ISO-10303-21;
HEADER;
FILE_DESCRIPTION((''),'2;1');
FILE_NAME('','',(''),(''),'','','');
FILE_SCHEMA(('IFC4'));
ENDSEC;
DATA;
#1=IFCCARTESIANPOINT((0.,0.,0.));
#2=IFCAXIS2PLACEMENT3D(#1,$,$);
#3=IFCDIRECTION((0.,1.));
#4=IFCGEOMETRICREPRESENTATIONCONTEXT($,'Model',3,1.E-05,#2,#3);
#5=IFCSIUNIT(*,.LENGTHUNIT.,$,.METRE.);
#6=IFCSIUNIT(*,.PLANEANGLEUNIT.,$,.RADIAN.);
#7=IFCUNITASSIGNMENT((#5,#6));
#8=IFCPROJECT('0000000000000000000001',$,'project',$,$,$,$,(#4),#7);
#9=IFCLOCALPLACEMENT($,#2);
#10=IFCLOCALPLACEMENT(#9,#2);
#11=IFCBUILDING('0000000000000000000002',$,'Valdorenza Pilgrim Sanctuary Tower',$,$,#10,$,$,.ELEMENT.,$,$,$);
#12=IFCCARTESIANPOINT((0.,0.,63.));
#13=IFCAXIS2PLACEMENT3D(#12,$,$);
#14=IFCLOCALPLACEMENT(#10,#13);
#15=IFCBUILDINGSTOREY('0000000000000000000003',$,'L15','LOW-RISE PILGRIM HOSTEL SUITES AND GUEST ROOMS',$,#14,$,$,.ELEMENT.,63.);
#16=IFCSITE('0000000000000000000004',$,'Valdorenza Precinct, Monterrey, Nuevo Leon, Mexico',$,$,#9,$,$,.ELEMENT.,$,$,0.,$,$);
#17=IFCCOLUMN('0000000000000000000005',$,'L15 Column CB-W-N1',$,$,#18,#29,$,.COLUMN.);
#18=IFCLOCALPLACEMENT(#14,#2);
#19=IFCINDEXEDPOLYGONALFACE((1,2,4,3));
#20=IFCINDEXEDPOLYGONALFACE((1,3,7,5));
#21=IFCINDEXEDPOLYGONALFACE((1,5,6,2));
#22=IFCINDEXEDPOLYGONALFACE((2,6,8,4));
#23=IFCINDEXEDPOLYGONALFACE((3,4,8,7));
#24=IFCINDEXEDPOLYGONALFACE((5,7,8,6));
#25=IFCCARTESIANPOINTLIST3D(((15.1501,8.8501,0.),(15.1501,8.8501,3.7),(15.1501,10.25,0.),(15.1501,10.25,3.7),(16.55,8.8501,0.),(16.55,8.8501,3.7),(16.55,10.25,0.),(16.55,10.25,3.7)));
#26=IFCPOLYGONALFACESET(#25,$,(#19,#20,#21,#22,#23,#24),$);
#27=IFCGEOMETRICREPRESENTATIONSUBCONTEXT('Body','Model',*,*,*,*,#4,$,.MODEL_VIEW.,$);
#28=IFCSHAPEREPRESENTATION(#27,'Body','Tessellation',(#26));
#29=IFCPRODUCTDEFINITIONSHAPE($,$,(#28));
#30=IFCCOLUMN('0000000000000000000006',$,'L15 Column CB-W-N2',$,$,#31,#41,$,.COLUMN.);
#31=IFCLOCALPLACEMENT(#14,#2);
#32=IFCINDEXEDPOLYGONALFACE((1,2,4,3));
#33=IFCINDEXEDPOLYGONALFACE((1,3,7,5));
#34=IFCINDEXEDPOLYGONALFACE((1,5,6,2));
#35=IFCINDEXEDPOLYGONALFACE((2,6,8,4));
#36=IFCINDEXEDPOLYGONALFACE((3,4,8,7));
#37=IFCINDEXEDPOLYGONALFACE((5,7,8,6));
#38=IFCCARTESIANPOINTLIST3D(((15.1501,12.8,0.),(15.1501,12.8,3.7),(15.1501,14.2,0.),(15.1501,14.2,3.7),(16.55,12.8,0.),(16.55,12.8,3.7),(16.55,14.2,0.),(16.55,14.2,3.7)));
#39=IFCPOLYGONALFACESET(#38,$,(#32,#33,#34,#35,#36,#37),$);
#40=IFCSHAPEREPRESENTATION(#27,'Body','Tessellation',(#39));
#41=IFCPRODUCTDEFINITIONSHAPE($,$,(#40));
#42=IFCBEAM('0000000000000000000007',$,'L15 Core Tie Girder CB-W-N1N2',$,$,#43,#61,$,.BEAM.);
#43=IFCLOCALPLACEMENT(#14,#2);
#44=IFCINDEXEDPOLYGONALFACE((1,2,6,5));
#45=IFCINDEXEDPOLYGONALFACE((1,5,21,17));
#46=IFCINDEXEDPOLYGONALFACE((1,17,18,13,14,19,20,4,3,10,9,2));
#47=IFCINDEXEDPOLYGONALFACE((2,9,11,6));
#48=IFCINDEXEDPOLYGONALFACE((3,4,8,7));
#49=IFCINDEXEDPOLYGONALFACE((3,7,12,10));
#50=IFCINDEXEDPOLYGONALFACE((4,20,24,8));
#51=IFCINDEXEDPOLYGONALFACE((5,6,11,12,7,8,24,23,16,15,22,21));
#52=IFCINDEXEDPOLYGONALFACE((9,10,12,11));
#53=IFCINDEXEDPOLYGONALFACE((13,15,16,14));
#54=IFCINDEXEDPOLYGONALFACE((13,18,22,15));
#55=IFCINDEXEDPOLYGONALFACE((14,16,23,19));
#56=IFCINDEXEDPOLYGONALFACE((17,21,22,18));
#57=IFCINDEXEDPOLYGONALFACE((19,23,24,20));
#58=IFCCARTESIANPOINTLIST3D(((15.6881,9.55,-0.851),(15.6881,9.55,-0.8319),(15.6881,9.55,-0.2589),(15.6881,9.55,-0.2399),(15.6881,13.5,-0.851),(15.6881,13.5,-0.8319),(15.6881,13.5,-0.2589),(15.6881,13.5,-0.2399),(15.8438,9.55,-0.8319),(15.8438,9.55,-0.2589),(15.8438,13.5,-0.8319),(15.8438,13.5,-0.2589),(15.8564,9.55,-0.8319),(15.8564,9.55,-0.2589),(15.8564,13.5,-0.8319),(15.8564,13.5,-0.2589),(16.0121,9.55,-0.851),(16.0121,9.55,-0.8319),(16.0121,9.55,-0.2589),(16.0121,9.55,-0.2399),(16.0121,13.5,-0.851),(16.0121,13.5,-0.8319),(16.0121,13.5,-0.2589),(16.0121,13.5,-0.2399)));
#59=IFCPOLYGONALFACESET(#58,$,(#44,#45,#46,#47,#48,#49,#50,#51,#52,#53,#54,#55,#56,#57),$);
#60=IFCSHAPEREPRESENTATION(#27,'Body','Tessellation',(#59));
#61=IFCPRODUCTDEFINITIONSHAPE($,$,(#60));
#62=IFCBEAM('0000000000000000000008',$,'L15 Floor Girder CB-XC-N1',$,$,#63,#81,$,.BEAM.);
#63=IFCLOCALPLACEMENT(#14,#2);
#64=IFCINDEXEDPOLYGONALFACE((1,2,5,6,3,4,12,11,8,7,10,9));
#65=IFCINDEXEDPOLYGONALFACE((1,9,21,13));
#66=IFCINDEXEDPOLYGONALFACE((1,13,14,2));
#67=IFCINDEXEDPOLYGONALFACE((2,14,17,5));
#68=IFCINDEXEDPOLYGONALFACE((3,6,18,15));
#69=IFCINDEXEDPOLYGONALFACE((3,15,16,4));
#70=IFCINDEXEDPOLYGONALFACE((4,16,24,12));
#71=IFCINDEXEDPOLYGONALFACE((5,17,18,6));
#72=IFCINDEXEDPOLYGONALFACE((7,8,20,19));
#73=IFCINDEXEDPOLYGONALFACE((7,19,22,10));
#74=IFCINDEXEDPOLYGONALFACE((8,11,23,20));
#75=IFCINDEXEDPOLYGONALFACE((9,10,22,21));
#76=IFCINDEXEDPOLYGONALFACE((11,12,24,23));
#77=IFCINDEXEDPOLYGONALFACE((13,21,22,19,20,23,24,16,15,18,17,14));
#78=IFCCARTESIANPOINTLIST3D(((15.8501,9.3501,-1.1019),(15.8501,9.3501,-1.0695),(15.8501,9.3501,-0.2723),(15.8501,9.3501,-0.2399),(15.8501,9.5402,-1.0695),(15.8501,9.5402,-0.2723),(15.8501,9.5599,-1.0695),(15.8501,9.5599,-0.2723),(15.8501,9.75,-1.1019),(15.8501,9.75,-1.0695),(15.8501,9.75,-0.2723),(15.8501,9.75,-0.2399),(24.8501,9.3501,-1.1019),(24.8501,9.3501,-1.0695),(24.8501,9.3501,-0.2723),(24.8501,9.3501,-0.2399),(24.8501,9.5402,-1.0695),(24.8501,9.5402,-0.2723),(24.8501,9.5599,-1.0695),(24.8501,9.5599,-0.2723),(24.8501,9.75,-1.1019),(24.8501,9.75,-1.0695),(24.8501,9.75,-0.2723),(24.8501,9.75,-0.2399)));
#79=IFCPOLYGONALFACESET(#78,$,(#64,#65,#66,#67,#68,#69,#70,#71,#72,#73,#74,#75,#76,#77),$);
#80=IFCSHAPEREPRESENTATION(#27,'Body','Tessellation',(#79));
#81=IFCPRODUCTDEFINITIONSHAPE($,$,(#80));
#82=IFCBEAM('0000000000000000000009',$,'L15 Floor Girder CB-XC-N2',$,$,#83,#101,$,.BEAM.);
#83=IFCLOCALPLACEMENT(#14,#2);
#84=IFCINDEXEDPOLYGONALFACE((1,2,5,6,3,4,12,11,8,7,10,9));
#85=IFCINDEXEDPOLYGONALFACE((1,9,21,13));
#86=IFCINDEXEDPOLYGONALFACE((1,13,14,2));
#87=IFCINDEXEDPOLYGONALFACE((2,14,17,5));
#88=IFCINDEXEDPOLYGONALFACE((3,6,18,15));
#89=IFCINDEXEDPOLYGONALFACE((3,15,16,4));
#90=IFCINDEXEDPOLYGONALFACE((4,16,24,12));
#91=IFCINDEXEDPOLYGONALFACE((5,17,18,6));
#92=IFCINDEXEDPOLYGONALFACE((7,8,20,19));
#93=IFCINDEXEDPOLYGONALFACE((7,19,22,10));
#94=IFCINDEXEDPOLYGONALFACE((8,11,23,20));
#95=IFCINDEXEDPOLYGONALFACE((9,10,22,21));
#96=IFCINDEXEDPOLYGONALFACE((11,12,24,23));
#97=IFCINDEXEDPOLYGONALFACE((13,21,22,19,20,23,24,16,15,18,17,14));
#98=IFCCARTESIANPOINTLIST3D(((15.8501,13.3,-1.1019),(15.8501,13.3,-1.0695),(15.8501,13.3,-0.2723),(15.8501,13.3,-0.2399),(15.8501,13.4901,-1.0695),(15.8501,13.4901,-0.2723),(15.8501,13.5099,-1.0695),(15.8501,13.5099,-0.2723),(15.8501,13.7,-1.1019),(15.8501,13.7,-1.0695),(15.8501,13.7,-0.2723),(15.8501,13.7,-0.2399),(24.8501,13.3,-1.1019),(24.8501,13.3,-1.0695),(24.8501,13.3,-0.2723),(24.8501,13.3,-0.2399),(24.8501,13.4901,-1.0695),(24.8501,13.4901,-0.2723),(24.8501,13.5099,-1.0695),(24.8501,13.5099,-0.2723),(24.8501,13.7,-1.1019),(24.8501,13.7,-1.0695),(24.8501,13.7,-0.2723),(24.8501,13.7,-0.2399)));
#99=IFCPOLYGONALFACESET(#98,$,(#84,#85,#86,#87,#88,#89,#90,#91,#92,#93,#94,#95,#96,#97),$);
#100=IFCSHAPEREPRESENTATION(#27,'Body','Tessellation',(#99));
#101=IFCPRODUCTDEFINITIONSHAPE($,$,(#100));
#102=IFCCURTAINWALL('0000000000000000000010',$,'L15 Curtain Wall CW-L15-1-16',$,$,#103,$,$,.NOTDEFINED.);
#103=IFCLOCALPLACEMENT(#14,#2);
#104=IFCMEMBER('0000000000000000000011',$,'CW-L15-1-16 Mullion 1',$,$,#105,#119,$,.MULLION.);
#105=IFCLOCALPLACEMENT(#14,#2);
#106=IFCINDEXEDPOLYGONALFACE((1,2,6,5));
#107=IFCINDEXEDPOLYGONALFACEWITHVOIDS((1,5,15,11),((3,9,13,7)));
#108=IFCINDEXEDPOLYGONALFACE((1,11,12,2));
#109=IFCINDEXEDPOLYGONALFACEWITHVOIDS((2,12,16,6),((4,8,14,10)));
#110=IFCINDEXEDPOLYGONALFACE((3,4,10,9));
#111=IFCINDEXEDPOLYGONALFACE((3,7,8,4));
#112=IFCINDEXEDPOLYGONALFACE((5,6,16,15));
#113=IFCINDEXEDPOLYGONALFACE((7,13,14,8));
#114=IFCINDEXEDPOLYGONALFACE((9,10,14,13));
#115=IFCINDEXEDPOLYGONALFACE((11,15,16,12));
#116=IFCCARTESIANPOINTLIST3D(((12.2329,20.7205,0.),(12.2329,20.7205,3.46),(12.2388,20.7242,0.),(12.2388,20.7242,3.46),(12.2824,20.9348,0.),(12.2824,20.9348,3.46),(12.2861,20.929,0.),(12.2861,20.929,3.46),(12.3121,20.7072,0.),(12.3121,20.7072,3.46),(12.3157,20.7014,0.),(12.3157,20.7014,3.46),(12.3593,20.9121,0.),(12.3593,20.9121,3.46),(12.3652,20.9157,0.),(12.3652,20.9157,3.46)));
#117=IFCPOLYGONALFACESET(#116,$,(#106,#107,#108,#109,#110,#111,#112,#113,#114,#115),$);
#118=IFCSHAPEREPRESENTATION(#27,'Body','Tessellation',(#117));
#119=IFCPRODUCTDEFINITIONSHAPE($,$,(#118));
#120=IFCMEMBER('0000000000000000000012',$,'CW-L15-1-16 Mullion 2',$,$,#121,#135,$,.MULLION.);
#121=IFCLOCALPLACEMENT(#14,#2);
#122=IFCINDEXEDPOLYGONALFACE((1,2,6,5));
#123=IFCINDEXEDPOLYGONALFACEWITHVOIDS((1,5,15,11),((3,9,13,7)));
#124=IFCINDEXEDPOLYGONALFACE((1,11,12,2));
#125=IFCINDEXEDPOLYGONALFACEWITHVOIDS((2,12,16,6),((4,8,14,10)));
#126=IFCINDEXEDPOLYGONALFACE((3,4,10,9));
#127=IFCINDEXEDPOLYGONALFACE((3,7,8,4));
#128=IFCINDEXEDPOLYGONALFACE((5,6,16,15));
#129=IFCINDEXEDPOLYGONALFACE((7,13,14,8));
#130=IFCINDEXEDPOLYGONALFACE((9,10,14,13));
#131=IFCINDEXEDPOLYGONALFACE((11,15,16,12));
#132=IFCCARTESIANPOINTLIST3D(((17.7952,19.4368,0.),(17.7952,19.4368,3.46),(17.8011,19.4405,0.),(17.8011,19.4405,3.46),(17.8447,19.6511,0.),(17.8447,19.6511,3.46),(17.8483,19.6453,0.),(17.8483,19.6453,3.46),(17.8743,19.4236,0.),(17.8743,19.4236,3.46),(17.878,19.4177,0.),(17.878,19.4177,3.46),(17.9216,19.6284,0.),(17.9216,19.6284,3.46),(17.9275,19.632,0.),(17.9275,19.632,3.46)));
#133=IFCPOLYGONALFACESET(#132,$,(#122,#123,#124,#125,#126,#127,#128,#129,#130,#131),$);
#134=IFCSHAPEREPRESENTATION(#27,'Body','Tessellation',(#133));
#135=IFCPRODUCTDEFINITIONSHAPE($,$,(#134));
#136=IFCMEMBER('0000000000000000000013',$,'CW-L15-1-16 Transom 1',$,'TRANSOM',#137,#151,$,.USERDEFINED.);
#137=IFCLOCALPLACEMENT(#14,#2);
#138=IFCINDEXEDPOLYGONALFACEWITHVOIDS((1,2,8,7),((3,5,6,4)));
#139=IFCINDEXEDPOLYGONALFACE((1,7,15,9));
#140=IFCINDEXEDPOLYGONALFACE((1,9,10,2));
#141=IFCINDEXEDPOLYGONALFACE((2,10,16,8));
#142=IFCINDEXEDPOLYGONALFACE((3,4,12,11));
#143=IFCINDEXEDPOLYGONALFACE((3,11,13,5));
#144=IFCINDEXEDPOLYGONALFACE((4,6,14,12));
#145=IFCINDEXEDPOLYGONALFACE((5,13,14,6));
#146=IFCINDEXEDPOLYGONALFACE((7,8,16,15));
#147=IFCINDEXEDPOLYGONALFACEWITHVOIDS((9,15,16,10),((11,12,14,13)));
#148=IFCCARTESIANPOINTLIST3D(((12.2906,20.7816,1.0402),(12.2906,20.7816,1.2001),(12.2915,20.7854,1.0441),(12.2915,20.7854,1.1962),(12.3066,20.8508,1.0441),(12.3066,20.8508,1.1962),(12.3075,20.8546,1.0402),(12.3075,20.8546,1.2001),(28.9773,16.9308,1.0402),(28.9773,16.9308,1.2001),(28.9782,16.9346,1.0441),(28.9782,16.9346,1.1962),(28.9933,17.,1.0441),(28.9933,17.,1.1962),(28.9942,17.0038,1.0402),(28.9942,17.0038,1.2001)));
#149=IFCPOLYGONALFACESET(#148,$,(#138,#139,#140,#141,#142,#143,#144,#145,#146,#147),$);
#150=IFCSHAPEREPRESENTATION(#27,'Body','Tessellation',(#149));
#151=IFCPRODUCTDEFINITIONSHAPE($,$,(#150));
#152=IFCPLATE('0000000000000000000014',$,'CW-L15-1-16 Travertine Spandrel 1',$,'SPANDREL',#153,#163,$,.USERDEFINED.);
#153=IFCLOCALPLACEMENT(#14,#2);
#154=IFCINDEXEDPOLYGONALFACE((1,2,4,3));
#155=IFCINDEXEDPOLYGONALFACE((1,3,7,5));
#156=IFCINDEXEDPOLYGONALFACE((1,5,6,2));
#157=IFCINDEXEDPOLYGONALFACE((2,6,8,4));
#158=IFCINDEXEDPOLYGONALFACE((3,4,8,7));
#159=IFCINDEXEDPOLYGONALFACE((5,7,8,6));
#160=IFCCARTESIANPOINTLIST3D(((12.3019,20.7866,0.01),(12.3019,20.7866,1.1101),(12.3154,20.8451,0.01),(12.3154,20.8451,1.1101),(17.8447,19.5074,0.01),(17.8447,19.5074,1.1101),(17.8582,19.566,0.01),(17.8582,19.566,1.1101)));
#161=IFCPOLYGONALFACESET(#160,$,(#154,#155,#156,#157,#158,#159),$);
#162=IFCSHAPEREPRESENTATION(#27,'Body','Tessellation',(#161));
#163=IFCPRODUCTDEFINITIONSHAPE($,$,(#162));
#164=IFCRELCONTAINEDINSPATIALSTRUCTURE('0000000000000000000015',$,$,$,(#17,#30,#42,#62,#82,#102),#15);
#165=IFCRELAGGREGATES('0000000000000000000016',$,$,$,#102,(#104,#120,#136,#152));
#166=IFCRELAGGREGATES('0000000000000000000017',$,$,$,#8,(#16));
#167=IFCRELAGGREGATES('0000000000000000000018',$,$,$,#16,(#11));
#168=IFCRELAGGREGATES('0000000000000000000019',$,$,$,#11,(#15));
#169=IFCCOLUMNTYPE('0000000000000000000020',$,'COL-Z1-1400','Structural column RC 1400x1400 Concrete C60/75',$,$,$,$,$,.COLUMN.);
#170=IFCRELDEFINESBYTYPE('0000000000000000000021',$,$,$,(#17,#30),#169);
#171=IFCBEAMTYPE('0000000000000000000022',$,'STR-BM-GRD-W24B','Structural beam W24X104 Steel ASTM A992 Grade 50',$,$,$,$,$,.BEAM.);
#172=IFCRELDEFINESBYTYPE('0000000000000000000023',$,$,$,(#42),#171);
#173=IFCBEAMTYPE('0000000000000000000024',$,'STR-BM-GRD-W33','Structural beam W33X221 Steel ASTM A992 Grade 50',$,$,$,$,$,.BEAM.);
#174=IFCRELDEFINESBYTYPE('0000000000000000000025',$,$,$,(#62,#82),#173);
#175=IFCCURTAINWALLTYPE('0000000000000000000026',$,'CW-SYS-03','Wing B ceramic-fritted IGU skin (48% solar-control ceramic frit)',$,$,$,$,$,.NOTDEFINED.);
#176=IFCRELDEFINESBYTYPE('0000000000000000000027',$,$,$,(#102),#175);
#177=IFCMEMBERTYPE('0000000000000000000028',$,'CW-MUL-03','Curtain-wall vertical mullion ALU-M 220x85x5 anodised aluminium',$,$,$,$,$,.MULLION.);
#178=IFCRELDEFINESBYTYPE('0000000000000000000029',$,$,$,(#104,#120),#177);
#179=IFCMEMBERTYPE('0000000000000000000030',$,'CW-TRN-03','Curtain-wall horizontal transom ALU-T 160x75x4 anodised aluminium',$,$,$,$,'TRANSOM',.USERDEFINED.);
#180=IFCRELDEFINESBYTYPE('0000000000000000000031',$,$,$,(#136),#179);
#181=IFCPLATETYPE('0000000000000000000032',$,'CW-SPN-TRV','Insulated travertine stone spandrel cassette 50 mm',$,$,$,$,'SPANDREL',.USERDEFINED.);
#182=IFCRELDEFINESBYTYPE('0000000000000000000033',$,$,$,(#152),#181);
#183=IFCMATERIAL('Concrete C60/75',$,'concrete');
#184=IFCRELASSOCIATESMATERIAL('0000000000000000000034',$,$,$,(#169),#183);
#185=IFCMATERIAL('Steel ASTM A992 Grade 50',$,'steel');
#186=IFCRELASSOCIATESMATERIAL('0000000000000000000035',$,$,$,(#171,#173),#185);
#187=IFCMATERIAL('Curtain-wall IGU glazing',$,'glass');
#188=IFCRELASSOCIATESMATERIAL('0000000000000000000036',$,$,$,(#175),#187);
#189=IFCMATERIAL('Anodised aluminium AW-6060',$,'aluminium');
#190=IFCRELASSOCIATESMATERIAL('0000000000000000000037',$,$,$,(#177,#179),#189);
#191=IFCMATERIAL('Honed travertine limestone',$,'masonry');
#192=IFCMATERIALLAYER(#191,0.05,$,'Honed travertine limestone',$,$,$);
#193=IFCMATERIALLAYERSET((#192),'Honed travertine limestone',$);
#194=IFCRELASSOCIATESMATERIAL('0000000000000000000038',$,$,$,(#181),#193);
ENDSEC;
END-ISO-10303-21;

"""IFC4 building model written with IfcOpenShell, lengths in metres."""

from ifc_helpers import new_model, si_unit, direction, frame, origin, origin_2d, place, context, subcontext, project, spatial, rectangle, hollow_rectangle, i_section, extrude, source, transform, mapped, material, layer, layer_set, material_profile, profile_set, type_object, element, aggregate, save


model = new_model("IFC4")

# Units and contexts
model_context = context("Model", 3, precision=1e-05, world=origin(), true_north=direction((0.0, 1.0)))
body_context = subcontext(model_context, "Body", "Model", "MODEL_VIEW")
ifc_project = project(units=[si_unit("LENGTHUNIT", "METRE"), si_unit("PLANEANGLEUNIT", "RADIAN")], contexts=[model_context])

# Site, building, storey
site_placement = place(None, origin())
site = spatial("IfcSite", under=ifc_project, at=site_placement, Name="Valdorenza Precinct, Monterrey, Nuevo Leon, Mexico", CompositionType="ELEMENT", RefElevation=0.0)
building_placement = place(site_placement, origin())
building = spatial("IfcBuilding", under=site, at=building_placement, Name="Valdorenza Pilgrim Sanctuary Tower", CompositionType="ELEMENT")
storey_placement = place(building_placement, frame((0.0, 0.0, 63.0)))
storey = spatial("IfcBuildingStorey", under=building, at=storey_placement, Name="L15", Description="LOW-RISE PILGRIM HOSTEL SUITES AND GUEST ROOMS", CompositionType="ELEMENT", Elevation=63.0)

# Columns
ifc_material_1 = material(Name="Concrete C60/75", Category="concrete")
ifc_material_profile_1 = material_profile(ifc_material_1, rectangle(XDim=1.3999, YDim=1.3999, at=origin_2d()), Name="RC 1400x1400")
ifc_profile_set_1 = profile_set([ifc_material_profile_1], Name="Concrete C60/75")
column_type = type_object("IfcColumnType", Name="COL-Z1-1400", Description="Structural column RC 1400x1400 Concrete C60/75", PredefinedType="COLUMN", material=ifc_profile_set_1)
shared_shape_1 = source(origin(), body_context, "Body", "SweptSolid", [
    extrude(rectangle(XDim=1.3999, YDim=1.3999, at=origin_2d()), origin(), (0.0, 0.0, 1.0), 3.7),
])
for number, where, z_axis, x_axis, name in (
    (1, (15.8501, 9.55, 0.0), (0.0, 0.0, 1.0), (1.0, 0.0, 0.0), "L15 Column CB-W-N1"),
    (2, (15.8501, 13.5, 0.0), (0.0, 0.0, 1.0), (1.0, 0.0, 0.0), "L15 Column CB-W-N2"),
):
    element("IfcColumn", number, at=place(storey_placement, frame(where, z_axis=z_axis, x_axis=x_axis)), inside=storey, type_object=column_type, Name=name, PredefinedType="COLUMN", context=body_context, shape_type="MappedRepresentation", body=[
        mapped(shared_shape_1, transform((0.0, 0.0, 0.0), x_axis=(1.0, 0.0, 0.0), y_axis=(0.0, 1.0, 0.0), z_axis=(0.0, 0.0, 1.0), scale=1.0)),
    ])

# Beams
ifc_material_2 = material(Name="Steel ASTM A992 Grade 50", Category="steel")
ifc_material_profile_2 = material_profile(ifc_material_2, i_section(OverallWidth=0.324, OverallDepth=0.6111, WebThickness=0.0127, FlangeThickness=0.019, at=origin_2d()), Name="W24X104")
ifc_profile_set_2 = profile_set([ifc_material_profile_2], Name="Steel ASTM A992 Grade 50")
beam_type_1 = type_object("IfcBeamType", Name="STR-BM-GRD-W24B", Description="Structural beam W24X104 Steel ASTM A992 Grade 50", PredefinedType="BEAM", material=ifc_profile_set_2)
shared_shape_2 = source(origin(), body_context, "Body", "SweptSolid", [
    extrude(i_section(OverallWidth=0.324, OverallDepth=0.6111, WebThickness=0.0127, FlangeThickness=0.019, at=origin_2d()), origin(), (0.0, 0.0, 1.0), 3.95),
])
beam_placement = place(storey_placement, frame((15.8501, 9.55, -0.5454), z_axis=(0.0, 1.0, 0.0), x_axis=(-1.0, 0.0, 0.0)))
element("IfcBeam", 3, at=beam_placement, inside=storey, type_object=beam_type_1, Name="L15 Core Tie Girder CB-W-N1N2", PredefinedType="BEAM", context=body_context, shape_type="MappedRepresentation", body=[
    mapped(shared_shape_2, transform((0.0, 0.0, 0.0), x_axis=(1.0, 0.0, 0.0), y_axis=(0.0, 1.0, 0.0), z_axis=(0.0, 0.0, 1.0), scale=1.0)),
])
ifc_material_profile_3 = material_profile(ifc_material_2, i_section(OverallWidth=0.3999, OverallDepth=0.8621, WebThickness=0.0198, FlangeThickness=0.0325, at=origin_2d()), Name="W33X221")
ifc_profile_set_3 = profile_set([ifc_material_profile_3], Name="Steel ASTM A992 Grade 50")
beam_type_2 = type_object("IfcBeamType", Name="STR-BM-GRD-W33", Description="Structural beam W33X221 Steel ASTM A992 Grade 50", PredefinedType="BEAM", material=ifc_profile_set_3)
shared_shape_3 = source(origin(), body_context, "Body", "SweptSolid", [
    extrude(i_section(OverallWidth=0.3999, OverallDepth=0.8621, WebThickness=0.0198, FlangeThickness=0.0325, at=origin_2d()), origin(), (0.0, 0.0, 1.0), 9.0),
])
for number, where, z_axis, x_axis, name in (
    (4, (15.8501, 9.55, -0.6709), (1.0, 0.0, 0.0), (0.0, 1.0, 0.0), "L15 Floor Girder CB-XC-N1"),
    (5, (15.8501, 13.5, -0.6709), (1.0, 0.0, 0.0), (0.0, 1.0, 0.0), "L15 Floor Girder CB-XC-N2"),
):
    element("IfcBeam", number, at=place(storey_placement, frame(where, z_axis=z_axis, x_axis=x_axis)), inside=storey, type_object=beam_type_2, Name=name, PredefinedType="BEAM", context=body_context, shape_type="MappedRepresentation", body=[
        mapped(shared_shape_3, transform((0.0, 0.0, 0.0), x_axis=(1.0, 0.0, 0.0), y_axis=(0.0, 1.0, 0.0), z_axis=(0.0, 0.0, 1.0), scale=1.0)),
    ])

# Curtain wall, members, plate
ifc_material_3 = material(Name="Curtain-wall IGU glazing", Category="glass")
curtain_wall_type = type_object("IfcCurtainWallType", Name="CW-SYS-03", Description="Wing B ceramic-fritted IGU skin (48% solar-control ceramic frit)", PredefinedType="NOTDEFINED", material=ifc_material_3)
curtain_wall_placement = place(storey_placement, origin())
curtain_wall = element("IfcCurtainWall", 6, at=curtain_wall_placement, inside=storey, type_object=curtain_wall_type, Name="L15 Curtain Wall CW-L15-1-16", PredefinedType="NOTDEFINED")
ifc_material_4 = material(Name="Anodised aluminium AW-6060", Category="aluminium")
ifc_material_profile_4 = material_profile(ifc_material_4, hollow_rectangle(XDim=0.085, YDim=0.22, WallThickness=0.0049, at=origin_2d()), Name="ALU-M 220x85x5")
ifc_profile_set_4 = profile_set([ifc_material_profile_4], Name="Anodised aluminium AW-6060")
member_type_1 = type_object("IfcMemberType", Name="CW-MUL-03", Description="Curtain-wall vertical mullion ALU-M 220x85x5 anodised aluminium", PredefinedType="MULLION", material=ifc_profile_set_4)
shared_shape_4 = source(origin(), body_context, "Body", "SweptSolid", [
    extrude(hollow_rectangle(XDim=0.085, YDim=0.22, WallThickness=0.0049, at=origin_2d()), origin(), (0.0, 0.0, 1.0), 3.46),
])
member_1_placement = place(storey_placement, frame((12.2991, 20.8181, 0.0), z_axis=(0.0, 0.0, 1.0), x_axis=(0.97439, -0.224866, 0.0)))
member_1 = element("IfcMember", 7, at=member_1_placement, type_object=member_type_1, Name="CW-L15-1-16 Mullion 1", PredefinedType="MULLION", context=body_context, shape_type="MappedRepresentation", body=[
    mapped(shared_shape_4, transform((0.0, 0.0, 0.0), x_axis=(1.0, 0.0, 0.0), y_axis=(0.0, 1.0, 0.0), z_axis=(0.0, 0.0, 1.0), scale=1.0)),
])
member_2_placement = place(storey_placement, frame((17.8613, 19.5344, 0.0), z_axis=(0.0, 0.0, 1.0), x_axis=(0.97439, -0.224866, 0.0)))
member_2 = element("IfcMember", 8, at=member_2_placement, type_object=member_type_1, Name="CW-L15-1-16 Mullion 2", PredefinedType="MULLION", context=body_context, shape_type="MappedRepresentation", body=[
    mapped(shared_shape_4, transform((0.0, 0.0, 0.0), x_axis=(1.0, 0.0, 0.0), y_axis=(0.0, 1.0, 0.0), z_axis=(0.0, 0.0, 1.0), scale=1.0)),
])
ifc_material_profile_5 = material_profile(ifc_material_4, hollow_rectangle(XDim=0.075, YDim=0.1599, WallThickness=0.0039, at=origin_2d()), Name="ALU-T 160x75x4")
ifc_profile_set_5 = profile_set([ifc_material_profile_5], Name="Anodised aluminium AW-6060")
member_type_2 = type_object("IfcMemberType", Name="CW-TRN-03", Description="Curtain-wall horizontal transom ALU-T 160x75x4 anodised aluminium", ElementType="TRANSOM", PredefinedType="USERDEFINED", material=ifc_profile_set_5)
shared_shape_5 = source(origin(), body_context, "Body", "SweptSolid", [
    extrude(hollow_rectangle(XDim=0.075, YDim=0.1599, WallThickness=0.0039, at=origin_2d()), origin(), (0.0, 0.0, 1.0), 17.1252),
])
member_3_placement = place(storey_placement, frame((12.2991, 20.8181, 1.1201), z_axis=(0.974391, -0.224862, 0.0), x_axis=(0.224862, 0.974391, 0.0)))
member_3 = element("IfcMember", 9, at=member_3_placement, type_object=member_type_2, Name="CW-L15-1-16 Transom 1", ObjectType="TRANSOM", PredefinedType="USERDEFINED", context=body_context, shape_type="MappedRepresentation", body=[
    mapped(shared_shape_5, transform((0.0, 0.0, 0.0), x_axis=(1.0, 0.0, 0.0), y_axis=(0.0, 1.0, 0.0), z_axis=(0.0, 0.0, 1.0), scale=1.0)),
])
ifc_material_5 = material(Name="Honed travertine limestone", Category="masonry")
ifc_layer_1 = layer(ifc_material_5, 0.05, Name="Honed travertine limestone")
ifc_layer_set_1 = layer_set([ifc_layer_1], Name="Honed travertine limestone")
plate_type_1 = type_object("IfcPlateType", Name="CW-SPN-TRV", Description="Insulated travertine stone spandrel cassette 50 mm", ElementType="SPANDREL", PredefinedType="USERDEFINED", material=ifc_layer_set_1)
shared_shape_6 = source(origin(), body_context, "Body", "SweptSolid", [
    extrude(rectangle(XDim=5.6885, YDim=0.0601, at=origin_2d()), origin(), (0.0, 0.0, 1.0), 1.1001),
])
plate_1_placement = place(storey_placement, frame((15.0801, 20.1763, 0.01), z_axis=(0.0, 0.0, 1.0), x_axis=(0.97439, -0.224866, 0.0)))
plate_1 = element("IfcPlate", 10, at=plate_1_placement, type_object=plate_type_1, Name="CW-L15-1-16 Travertine Spandrel 1", ObjectType="SPANDREL", PredefinedType="USERDEFINED", context=body_context, shape_type="MappedRepresentation", body=[
    mapped(shared_shape_6, transform((0.0, 0.0, 0.0), x_axis=(1.0, 0.0, 0.0), y_axis=(0.0, 1.0, 0.0), z_axis=(0.0, 0.0, 1.0), scale=1.0)),
])
aggregate(curtain_wall, [member_1, member_2, member_3, plate_1])

save(model, "model.ifc")
